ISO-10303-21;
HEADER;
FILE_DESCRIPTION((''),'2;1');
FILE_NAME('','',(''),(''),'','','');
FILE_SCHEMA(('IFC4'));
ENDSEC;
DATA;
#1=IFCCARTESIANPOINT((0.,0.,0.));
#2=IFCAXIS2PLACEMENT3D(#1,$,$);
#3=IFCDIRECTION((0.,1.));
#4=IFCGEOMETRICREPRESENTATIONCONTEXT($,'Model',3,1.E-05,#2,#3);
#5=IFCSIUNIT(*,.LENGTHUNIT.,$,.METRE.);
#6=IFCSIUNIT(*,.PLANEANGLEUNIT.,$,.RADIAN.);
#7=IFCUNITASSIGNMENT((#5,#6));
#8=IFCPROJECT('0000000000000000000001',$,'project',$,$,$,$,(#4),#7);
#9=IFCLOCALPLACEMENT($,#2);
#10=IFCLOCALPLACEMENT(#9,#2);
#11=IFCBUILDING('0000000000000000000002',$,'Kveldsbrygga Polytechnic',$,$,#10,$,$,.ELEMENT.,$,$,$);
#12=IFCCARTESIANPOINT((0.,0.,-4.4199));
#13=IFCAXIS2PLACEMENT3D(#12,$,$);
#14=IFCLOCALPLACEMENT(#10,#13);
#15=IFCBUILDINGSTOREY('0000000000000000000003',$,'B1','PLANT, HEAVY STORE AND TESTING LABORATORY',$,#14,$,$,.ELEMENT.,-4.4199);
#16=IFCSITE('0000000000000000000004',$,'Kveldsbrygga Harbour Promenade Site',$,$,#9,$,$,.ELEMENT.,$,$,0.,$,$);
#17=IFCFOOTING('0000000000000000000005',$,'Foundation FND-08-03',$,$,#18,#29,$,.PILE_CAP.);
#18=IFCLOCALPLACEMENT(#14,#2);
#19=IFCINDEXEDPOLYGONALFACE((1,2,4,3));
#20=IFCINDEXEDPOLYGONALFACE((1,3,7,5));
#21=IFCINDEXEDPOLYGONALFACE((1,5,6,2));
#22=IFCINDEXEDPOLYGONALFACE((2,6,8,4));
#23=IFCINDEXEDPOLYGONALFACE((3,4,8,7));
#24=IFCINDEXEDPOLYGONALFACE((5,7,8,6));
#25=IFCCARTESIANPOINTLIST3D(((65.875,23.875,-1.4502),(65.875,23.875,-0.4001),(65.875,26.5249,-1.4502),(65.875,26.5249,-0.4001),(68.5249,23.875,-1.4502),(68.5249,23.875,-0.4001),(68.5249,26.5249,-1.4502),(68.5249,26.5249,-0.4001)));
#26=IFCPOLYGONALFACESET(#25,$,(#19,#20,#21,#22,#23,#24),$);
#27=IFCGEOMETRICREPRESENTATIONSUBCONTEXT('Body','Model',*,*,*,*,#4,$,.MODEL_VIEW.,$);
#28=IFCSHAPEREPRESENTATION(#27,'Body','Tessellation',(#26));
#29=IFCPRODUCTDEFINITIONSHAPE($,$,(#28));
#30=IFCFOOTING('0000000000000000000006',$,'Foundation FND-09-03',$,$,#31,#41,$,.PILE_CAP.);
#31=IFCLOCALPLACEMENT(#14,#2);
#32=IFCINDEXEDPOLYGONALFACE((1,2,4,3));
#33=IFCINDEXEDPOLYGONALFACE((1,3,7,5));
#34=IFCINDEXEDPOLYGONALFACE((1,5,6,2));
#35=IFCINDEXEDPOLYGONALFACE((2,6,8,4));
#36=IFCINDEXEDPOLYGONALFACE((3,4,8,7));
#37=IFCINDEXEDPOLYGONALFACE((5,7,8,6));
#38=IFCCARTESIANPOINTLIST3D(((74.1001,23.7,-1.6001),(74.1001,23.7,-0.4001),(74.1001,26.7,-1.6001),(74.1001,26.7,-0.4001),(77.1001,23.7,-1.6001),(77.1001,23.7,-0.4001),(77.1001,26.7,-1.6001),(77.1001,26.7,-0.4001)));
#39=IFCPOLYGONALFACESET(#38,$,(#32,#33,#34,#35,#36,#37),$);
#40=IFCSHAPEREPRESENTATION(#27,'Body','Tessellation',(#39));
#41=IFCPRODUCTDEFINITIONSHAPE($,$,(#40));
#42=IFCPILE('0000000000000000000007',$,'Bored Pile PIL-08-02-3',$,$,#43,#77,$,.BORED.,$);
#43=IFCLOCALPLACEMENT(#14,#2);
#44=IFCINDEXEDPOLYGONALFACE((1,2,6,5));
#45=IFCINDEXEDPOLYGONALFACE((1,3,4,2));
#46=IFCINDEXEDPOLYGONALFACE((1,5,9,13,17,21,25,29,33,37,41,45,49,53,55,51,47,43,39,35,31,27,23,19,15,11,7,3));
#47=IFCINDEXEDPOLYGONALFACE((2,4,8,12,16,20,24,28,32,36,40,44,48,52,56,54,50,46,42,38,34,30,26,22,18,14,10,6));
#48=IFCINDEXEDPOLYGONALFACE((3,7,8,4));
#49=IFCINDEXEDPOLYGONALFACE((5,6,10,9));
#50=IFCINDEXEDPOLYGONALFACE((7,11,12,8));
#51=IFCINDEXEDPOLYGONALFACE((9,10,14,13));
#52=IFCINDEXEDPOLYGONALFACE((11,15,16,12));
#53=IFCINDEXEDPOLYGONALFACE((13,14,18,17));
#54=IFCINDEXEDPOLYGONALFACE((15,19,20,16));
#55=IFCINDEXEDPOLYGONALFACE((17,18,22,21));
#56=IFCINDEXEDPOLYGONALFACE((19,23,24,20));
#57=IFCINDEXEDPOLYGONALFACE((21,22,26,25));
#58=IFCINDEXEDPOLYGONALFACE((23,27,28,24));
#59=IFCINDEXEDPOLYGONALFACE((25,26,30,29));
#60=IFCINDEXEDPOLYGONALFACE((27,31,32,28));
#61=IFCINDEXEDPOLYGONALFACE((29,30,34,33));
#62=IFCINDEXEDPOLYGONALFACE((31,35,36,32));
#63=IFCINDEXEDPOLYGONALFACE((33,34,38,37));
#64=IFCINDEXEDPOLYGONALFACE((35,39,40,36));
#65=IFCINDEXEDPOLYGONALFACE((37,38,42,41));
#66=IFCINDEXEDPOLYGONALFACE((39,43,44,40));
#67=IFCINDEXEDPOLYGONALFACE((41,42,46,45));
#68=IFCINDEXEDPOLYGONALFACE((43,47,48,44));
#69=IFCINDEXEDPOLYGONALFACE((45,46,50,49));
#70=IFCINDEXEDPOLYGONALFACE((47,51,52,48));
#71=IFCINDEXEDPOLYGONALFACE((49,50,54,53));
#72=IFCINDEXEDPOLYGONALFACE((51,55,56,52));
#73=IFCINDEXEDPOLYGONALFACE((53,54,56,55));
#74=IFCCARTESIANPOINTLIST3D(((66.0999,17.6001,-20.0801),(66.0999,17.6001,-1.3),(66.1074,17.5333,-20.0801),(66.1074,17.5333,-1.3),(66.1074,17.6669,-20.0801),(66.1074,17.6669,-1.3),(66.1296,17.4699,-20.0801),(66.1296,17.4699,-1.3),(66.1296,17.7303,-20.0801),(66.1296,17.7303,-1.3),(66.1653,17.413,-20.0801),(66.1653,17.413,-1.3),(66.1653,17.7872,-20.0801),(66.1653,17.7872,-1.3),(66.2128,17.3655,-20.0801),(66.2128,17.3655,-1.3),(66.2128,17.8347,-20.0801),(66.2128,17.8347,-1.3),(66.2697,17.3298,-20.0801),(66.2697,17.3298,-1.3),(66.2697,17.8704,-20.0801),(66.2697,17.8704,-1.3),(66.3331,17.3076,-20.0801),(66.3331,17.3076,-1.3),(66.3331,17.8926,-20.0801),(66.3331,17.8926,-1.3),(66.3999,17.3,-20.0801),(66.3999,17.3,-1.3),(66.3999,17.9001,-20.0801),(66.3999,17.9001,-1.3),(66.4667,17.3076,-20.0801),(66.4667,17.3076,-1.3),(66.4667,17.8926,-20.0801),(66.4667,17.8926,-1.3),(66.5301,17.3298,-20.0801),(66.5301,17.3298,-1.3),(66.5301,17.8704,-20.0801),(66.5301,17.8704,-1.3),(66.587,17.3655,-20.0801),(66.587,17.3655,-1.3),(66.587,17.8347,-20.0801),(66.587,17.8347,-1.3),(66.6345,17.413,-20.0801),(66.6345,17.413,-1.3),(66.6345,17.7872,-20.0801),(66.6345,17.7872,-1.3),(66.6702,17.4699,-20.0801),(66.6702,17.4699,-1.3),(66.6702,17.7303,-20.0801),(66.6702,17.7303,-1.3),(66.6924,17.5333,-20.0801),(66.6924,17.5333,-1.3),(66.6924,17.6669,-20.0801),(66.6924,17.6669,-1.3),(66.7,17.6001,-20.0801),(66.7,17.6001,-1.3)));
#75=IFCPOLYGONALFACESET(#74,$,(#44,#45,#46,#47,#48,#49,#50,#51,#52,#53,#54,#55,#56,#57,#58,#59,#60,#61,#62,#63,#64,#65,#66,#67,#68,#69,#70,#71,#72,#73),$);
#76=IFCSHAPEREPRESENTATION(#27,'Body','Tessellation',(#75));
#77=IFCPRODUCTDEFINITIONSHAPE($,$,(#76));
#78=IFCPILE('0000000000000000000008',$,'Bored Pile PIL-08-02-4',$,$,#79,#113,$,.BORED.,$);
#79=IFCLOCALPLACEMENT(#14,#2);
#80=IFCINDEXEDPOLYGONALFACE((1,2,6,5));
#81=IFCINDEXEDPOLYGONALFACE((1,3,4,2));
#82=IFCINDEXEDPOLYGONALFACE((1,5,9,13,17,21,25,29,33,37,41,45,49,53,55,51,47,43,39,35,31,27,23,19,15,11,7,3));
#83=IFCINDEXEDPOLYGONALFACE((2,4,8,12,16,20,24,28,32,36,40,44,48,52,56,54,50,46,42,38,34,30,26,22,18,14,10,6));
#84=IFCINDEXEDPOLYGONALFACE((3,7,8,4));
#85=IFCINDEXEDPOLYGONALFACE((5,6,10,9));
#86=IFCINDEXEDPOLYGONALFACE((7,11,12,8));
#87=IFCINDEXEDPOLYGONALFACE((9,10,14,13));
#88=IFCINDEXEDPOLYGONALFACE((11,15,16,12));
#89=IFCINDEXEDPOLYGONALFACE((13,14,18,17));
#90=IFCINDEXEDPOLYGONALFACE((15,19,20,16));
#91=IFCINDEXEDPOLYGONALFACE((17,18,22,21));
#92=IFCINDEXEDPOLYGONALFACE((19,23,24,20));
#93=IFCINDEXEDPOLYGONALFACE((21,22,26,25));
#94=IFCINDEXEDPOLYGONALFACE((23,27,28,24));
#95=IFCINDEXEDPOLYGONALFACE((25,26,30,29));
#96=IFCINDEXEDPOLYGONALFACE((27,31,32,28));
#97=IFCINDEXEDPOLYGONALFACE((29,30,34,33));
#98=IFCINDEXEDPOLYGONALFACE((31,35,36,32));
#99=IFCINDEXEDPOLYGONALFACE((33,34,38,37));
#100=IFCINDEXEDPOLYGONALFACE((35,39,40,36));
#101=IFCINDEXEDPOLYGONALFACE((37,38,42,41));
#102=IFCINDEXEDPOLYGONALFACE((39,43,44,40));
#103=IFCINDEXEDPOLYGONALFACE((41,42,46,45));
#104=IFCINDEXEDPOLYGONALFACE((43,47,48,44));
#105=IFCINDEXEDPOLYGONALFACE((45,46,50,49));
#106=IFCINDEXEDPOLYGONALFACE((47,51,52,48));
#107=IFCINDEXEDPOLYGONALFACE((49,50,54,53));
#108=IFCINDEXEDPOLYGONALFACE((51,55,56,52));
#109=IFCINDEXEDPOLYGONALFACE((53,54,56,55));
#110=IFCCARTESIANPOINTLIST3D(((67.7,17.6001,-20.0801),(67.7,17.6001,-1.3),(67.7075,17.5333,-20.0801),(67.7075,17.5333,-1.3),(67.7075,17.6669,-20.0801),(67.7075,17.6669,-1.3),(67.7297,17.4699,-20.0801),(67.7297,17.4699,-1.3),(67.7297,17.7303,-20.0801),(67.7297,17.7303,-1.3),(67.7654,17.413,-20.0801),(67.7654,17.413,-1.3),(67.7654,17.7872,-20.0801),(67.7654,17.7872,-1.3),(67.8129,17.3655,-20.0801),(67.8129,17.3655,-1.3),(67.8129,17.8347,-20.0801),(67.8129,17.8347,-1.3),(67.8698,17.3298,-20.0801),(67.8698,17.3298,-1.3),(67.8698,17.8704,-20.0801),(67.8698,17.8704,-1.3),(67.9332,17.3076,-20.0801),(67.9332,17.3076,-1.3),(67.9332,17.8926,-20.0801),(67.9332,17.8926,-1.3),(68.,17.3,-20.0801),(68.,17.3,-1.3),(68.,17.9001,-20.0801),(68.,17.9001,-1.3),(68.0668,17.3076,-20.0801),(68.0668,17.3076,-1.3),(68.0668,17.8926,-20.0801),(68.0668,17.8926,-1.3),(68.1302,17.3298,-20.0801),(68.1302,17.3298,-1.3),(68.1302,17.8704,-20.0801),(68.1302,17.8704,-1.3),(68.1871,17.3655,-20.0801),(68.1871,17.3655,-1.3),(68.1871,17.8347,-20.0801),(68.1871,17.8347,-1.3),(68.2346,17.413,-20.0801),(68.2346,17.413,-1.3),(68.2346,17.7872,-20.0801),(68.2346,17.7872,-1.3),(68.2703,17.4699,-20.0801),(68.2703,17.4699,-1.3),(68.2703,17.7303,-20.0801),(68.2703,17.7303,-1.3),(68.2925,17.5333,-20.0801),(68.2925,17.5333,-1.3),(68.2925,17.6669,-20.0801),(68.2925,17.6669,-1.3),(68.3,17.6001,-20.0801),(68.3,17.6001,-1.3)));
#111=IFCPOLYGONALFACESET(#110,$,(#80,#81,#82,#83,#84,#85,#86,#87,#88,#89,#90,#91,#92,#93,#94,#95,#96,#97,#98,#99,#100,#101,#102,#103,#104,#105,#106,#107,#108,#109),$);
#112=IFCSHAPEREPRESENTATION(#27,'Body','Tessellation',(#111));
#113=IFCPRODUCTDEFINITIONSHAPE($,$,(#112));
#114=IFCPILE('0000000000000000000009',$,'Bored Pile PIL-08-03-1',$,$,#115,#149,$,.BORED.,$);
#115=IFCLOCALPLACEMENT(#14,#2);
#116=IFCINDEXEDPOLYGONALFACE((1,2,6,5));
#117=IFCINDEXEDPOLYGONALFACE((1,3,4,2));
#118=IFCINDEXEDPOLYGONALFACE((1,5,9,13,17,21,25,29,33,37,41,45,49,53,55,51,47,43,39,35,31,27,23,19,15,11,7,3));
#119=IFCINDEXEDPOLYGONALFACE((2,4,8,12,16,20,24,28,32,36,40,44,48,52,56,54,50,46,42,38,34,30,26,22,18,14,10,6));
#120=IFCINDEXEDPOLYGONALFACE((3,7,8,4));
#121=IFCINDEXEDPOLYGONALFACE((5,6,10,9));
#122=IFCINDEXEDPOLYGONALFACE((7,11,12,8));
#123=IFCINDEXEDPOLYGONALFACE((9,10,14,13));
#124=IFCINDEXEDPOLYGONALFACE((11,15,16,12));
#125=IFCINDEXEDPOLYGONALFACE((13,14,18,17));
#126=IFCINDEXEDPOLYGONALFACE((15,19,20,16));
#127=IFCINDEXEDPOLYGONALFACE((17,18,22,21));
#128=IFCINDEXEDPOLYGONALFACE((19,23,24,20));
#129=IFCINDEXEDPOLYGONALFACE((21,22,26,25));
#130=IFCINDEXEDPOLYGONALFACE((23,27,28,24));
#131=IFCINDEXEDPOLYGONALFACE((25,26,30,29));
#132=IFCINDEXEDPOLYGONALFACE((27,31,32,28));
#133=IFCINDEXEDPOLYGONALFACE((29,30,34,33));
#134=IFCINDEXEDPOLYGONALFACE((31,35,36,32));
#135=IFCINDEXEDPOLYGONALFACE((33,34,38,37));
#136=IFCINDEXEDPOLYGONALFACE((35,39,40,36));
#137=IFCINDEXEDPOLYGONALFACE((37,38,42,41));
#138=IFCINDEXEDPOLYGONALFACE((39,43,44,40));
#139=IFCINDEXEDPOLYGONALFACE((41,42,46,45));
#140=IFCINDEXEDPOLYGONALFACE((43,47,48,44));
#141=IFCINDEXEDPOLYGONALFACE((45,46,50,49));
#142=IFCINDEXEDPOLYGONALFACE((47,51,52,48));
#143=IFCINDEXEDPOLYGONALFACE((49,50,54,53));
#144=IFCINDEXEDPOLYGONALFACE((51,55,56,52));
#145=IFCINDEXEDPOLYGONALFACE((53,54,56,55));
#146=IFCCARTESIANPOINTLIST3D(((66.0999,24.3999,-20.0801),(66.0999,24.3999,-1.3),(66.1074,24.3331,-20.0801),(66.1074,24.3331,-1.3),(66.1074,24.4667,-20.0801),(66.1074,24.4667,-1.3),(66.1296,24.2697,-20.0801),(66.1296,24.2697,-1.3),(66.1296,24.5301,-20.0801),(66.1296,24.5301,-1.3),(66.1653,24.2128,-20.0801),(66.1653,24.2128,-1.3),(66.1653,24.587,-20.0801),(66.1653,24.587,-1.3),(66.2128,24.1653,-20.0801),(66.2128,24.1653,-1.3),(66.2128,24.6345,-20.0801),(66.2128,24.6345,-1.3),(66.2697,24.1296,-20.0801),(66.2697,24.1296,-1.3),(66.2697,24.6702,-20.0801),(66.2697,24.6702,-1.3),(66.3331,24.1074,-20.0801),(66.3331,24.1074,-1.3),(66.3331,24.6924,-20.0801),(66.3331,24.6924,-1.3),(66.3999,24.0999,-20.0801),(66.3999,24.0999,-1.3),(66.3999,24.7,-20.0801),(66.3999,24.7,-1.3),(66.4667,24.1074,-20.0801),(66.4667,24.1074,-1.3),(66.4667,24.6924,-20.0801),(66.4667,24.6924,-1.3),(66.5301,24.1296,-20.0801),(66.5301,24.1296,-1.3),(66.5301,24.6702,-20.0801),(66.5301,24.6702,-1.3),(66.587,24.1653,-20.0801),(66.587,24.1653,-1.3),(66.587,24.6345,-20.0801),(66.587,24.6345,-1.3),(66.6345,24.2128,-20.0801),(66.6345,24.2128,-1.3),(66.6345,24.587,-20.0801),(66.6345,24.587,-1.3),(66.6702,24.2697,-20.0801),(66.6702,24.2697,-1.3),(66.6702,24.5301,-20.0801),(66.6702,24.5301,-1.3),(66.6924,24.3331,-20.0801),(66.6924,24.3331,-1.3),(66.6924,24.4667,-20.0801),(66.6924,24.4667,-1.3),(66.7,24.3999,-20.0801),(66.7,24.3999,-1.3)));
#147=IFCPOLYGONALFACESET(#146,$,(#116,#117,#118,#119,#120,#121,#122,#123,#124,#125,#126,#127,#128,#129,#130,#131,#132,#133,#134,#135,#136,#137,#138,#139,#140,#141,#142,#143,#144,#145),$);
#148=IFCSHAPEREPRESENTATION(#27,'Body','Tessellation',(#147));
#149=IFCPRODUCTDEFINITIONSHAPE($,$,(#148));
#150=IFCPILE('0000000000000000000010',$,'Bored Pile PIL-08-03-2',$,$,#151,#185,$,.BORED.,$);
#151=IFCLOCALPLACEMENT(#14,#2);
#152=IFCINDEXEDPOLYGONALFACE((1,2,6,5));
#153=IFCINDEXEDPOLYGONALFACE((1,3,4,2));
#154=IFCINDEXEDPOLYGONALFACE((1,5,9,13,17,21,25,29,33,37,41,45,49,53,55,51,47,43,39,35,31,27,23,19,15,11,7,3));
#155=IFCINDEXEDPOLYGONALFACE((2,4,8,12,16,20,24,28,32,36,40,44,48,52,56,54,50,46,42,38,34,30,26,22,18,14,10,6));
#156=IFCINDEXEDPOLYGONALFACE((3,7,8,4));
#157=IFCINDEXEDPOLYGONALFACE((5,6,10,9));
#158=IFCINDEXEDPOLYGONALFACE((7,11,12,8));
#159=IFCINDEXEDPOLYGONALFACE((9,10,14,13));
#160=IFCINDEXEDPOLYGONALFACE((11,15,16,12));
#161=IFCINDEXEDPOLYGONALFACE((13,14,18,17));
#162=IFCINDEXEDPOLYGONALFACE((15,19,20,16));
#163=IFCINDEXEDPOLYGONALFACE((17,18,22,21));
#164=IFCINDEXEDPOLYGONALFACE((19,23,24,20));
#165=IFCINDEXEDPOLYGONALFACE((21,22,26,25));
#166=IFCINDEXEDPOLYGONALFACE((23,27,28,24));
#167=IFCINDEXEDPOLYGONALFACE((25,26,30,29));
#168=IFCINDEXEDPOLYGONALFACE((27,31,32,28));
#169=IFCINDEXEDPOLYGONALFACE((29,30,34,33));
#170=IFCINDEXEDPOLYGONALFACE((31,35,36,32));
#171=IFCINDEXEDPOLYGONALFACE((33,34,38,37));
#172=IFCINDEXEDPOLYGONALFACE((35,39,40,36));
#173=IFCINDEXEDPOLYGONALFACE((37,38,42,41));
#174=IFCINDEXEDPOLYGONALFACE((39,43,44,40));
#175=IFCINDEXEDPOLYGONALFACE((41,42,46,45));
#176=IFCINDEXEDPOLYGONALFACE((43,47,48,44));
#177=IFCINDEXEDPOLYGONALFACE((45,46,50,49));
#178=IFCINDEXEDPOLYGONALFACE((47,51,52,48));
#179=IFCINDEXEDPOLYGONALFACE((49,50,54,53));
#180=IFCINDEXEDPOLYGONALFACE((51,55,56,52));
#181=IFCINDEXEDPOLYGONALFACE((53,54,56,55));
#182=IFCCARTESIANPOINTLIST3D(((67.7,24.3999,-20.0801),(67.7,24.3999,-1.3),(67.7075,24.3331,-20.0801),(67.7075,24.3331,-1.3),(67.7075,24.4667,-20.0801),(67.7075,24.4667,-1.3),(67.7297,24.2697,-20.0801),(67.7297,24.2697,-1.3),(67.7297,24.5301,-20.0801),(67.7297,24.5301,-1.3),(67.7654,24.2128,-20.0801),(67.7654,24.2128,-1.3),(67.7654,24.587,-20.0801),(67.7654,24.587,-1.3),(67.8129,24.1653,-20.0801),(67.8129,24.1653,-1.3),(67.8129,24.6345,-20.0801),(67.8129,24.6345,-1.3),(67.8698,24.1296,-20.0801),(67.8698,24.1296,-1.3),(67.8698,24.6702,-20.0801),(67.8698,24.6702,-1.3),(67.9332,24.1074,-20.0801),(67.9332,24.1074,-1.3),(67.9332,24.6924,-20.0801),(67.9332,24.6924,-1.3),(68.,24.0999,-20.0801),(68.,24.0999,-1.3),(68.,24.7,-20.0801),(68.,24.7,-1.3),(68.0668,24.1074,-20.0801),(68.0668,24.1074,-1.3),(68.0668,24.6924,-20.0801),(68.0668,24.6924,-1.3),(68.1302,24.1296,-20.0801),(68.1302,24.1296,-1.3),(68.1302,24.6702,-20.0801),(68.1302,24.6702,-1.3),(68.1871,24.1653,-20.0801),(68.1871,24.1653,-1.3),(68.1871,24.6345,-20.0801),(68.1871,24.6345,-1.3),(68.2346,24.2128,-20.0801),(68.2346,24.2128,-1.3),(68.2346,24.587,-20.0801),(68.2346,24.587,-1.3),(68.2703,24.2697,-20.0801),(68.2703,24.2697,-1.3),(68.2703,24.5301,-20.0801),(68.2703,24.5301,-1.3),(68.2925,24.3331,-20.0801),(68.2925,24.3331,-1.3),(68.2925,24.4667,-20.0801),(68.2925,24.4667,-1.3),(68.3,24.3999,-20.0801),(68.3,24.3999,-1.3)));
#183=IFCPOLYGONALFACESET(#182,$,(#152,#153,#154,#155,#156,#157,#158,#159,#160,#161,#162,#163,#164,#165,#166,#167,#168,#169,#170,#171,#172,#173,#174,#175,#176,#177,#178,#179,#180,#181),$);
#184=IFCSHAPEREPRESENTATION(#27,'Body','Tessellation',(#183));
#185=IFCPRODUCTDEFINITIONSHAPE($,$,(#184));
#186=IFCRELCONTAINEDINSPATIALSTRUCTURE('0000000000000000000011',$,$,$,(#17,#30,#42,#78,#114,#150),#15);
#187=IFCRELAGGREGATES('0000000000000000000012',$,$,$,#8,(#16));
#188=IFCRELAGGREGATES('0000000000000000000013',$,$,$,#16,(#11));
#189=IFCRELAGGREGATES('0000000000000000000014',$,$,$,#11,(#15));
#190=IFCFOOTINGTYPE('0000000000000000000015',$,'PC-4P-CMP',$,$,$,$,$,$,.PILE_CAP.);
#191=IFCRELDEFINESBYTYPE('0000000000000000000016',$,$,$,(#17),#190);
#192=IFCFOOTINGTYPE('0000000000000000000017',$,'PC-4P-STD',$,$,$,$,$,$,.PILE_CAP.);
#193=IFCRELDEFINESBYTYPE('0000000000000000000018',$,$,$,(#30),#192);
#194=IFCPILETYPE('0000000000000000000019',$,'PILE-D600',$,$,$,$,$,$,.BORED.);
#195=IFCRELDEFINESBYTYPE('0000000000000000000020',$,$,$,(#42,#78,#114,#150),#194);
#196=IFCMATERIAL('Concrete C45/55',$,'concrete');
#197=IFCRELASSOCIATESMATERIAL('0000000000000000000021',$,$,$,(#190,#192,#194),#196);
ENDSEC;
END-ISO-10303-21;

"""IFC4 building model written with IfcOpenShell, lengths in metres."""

from ifc_helpers import new_model, si_unit, direction, frame, origin, origin_2d, place, context, subcontext, project, spatial, rectangle, circle, extrude, material, material_profile, profile_set, type_object, element, save


model = new_model("IFC4")

# Units and contexts
model_context = context("Model", 3, precision=1e-05, world=origin(), true_north=direction((0.0, 1.0)))
body_context = subcontext(model_context, "Body", "Model", "MODEL_VIEW")
ifc_project = project(units=[si_unit("LENGTHUNIT", "METRE"), si_unit("PLANEANGLEUNIT", "RADIAN")], contexts=[model_context])

# Site, building, storey
site_placement = place(None, origin())
site = spatial("IfcSite", under=ifc_project, at=site_placement, Name="Kveldsbrygga Harbour Promenade Site", CompositionType="ELEMENT", RefElevation=0.0)
building_placement = place(site_placement, origin())
building = spatial("IfcBuilding", under=site, at=building_placement, Name="Kveldsbrygga Polytechnic", CompositionType="ELEMENT")
storey_placement = place(building_placement, frame((0.0, 0.0, -4.4199)))
storey = spatial("IfcBuildingStorey", under=building, at=storey_placement, Name="B1", Description="PLANT, HEAVY STORE AND TESTING LABORATORY", CompositionType="ELEMENT", Elevation=-4.4199)

# Footings
ifc_material_1 = material(Name="Concrete C45/55", Category="concrete")
footing_type_1 = type_object("IfcFootingType", Name="PC-4P-CMP", PredefinedType="PILE_CAP", material=ifc_material_1)
footing_1_placement = place(storey_placement, frame((67.2, 25.2, -1.4502), z_axis=(0.0, 0.0, 1.0), x_axis=(1.0, 0.0, 0.0)))
element("IfcFooting", 1, at=footing_1_placement, inside=storey, type_object=footing_type_1, Name="Foundation FND-08-03", PredefinedType="PILE_CAP", context=body_context, shape_type="SweptSolid", body=[
    extrude(rectangle(XDim=2.6499, YDim=2.6499, at=origin_2d()), origin(), (0.0, 0.0, 1.0), 1.05),
])
footing_type_2 = type_object("IfcFootingType", Name="PC-4P-STD", PredefinedType="PILE_CAP", material=ifc_material_1)
footing_2_placement = place(storey_placement, frame((75.6001, 25.2, -1.6001), z_axis=(0.0, 0.0, 1.0), x_axis=(1.0, 0.0, 0.0)))
element("IfcFooting", 2, at=footing_2_placement, inside=storey, type_object=footing_type_2, Name="Foundation FND-09-03", PredefinedType="PILE_CAP", context=body_context, shape_type="SweptSolid", body=[
    extrude(rectangle(XDim=3.0, YDim=3.0, at=origin_2d()), origin(), (0.0, 0.0, 1.0), 1.2),
])

# Piles
ifc_material_profile_1 = material_profile(ifc_material_1, circle(Radius=0.3, at=origin_2d()), Name="PILE D600")
ifc_profile_set_1 = profile_set([ifc_material_profile_1], Name="Concrete C45/55")
pile_type_1 = type_object("IfcPileType", Name="PILE-D600", PredefinedType="BORED", material=ifc_profile_set_1)
for number, where, z_axis, x_axis, name in (
    (3, (66.3999, 17.6001, -1.3), (0.0, 0.0, -1.0), (1.0, 0.0, 0.0), "Bored Pile PIL-08-02-3"),
    (4, (68.0, 17.6001, -1.3), (0.0, 0.0, -1.0), (1.0, 0.0, 0.0), "Bored Pile PIL-08-02-4"),
    (5, (66.3999, 24.3999, -1.3), (0.0, 0.0, -1.0), (1.0, 0.0, 0.0), "Bored Pile PIL-08-03-1"),
    (6, (68.0, 24.3999, -1.3), (0.0, 0.0, -1.0), (1.0, 0.0, 0.0), "Bored Pile PIL-08-03-2"),
):
    element("IfcPile", number, at=place(storey_placement, frame(where, z_axis=z_axis, x_axis=x_axis)), inside=storey, type_object=pile_type_1, Name=name, PredefinedType="BORED", context=body_context, shape_type="SweptSolid", body=[
        extrude(circle(Radius=0.3, at=origin_2d()), origin(), (0.0, 0.0, 1.0), 18.78),
    ])

save(model, "model.ifc")
